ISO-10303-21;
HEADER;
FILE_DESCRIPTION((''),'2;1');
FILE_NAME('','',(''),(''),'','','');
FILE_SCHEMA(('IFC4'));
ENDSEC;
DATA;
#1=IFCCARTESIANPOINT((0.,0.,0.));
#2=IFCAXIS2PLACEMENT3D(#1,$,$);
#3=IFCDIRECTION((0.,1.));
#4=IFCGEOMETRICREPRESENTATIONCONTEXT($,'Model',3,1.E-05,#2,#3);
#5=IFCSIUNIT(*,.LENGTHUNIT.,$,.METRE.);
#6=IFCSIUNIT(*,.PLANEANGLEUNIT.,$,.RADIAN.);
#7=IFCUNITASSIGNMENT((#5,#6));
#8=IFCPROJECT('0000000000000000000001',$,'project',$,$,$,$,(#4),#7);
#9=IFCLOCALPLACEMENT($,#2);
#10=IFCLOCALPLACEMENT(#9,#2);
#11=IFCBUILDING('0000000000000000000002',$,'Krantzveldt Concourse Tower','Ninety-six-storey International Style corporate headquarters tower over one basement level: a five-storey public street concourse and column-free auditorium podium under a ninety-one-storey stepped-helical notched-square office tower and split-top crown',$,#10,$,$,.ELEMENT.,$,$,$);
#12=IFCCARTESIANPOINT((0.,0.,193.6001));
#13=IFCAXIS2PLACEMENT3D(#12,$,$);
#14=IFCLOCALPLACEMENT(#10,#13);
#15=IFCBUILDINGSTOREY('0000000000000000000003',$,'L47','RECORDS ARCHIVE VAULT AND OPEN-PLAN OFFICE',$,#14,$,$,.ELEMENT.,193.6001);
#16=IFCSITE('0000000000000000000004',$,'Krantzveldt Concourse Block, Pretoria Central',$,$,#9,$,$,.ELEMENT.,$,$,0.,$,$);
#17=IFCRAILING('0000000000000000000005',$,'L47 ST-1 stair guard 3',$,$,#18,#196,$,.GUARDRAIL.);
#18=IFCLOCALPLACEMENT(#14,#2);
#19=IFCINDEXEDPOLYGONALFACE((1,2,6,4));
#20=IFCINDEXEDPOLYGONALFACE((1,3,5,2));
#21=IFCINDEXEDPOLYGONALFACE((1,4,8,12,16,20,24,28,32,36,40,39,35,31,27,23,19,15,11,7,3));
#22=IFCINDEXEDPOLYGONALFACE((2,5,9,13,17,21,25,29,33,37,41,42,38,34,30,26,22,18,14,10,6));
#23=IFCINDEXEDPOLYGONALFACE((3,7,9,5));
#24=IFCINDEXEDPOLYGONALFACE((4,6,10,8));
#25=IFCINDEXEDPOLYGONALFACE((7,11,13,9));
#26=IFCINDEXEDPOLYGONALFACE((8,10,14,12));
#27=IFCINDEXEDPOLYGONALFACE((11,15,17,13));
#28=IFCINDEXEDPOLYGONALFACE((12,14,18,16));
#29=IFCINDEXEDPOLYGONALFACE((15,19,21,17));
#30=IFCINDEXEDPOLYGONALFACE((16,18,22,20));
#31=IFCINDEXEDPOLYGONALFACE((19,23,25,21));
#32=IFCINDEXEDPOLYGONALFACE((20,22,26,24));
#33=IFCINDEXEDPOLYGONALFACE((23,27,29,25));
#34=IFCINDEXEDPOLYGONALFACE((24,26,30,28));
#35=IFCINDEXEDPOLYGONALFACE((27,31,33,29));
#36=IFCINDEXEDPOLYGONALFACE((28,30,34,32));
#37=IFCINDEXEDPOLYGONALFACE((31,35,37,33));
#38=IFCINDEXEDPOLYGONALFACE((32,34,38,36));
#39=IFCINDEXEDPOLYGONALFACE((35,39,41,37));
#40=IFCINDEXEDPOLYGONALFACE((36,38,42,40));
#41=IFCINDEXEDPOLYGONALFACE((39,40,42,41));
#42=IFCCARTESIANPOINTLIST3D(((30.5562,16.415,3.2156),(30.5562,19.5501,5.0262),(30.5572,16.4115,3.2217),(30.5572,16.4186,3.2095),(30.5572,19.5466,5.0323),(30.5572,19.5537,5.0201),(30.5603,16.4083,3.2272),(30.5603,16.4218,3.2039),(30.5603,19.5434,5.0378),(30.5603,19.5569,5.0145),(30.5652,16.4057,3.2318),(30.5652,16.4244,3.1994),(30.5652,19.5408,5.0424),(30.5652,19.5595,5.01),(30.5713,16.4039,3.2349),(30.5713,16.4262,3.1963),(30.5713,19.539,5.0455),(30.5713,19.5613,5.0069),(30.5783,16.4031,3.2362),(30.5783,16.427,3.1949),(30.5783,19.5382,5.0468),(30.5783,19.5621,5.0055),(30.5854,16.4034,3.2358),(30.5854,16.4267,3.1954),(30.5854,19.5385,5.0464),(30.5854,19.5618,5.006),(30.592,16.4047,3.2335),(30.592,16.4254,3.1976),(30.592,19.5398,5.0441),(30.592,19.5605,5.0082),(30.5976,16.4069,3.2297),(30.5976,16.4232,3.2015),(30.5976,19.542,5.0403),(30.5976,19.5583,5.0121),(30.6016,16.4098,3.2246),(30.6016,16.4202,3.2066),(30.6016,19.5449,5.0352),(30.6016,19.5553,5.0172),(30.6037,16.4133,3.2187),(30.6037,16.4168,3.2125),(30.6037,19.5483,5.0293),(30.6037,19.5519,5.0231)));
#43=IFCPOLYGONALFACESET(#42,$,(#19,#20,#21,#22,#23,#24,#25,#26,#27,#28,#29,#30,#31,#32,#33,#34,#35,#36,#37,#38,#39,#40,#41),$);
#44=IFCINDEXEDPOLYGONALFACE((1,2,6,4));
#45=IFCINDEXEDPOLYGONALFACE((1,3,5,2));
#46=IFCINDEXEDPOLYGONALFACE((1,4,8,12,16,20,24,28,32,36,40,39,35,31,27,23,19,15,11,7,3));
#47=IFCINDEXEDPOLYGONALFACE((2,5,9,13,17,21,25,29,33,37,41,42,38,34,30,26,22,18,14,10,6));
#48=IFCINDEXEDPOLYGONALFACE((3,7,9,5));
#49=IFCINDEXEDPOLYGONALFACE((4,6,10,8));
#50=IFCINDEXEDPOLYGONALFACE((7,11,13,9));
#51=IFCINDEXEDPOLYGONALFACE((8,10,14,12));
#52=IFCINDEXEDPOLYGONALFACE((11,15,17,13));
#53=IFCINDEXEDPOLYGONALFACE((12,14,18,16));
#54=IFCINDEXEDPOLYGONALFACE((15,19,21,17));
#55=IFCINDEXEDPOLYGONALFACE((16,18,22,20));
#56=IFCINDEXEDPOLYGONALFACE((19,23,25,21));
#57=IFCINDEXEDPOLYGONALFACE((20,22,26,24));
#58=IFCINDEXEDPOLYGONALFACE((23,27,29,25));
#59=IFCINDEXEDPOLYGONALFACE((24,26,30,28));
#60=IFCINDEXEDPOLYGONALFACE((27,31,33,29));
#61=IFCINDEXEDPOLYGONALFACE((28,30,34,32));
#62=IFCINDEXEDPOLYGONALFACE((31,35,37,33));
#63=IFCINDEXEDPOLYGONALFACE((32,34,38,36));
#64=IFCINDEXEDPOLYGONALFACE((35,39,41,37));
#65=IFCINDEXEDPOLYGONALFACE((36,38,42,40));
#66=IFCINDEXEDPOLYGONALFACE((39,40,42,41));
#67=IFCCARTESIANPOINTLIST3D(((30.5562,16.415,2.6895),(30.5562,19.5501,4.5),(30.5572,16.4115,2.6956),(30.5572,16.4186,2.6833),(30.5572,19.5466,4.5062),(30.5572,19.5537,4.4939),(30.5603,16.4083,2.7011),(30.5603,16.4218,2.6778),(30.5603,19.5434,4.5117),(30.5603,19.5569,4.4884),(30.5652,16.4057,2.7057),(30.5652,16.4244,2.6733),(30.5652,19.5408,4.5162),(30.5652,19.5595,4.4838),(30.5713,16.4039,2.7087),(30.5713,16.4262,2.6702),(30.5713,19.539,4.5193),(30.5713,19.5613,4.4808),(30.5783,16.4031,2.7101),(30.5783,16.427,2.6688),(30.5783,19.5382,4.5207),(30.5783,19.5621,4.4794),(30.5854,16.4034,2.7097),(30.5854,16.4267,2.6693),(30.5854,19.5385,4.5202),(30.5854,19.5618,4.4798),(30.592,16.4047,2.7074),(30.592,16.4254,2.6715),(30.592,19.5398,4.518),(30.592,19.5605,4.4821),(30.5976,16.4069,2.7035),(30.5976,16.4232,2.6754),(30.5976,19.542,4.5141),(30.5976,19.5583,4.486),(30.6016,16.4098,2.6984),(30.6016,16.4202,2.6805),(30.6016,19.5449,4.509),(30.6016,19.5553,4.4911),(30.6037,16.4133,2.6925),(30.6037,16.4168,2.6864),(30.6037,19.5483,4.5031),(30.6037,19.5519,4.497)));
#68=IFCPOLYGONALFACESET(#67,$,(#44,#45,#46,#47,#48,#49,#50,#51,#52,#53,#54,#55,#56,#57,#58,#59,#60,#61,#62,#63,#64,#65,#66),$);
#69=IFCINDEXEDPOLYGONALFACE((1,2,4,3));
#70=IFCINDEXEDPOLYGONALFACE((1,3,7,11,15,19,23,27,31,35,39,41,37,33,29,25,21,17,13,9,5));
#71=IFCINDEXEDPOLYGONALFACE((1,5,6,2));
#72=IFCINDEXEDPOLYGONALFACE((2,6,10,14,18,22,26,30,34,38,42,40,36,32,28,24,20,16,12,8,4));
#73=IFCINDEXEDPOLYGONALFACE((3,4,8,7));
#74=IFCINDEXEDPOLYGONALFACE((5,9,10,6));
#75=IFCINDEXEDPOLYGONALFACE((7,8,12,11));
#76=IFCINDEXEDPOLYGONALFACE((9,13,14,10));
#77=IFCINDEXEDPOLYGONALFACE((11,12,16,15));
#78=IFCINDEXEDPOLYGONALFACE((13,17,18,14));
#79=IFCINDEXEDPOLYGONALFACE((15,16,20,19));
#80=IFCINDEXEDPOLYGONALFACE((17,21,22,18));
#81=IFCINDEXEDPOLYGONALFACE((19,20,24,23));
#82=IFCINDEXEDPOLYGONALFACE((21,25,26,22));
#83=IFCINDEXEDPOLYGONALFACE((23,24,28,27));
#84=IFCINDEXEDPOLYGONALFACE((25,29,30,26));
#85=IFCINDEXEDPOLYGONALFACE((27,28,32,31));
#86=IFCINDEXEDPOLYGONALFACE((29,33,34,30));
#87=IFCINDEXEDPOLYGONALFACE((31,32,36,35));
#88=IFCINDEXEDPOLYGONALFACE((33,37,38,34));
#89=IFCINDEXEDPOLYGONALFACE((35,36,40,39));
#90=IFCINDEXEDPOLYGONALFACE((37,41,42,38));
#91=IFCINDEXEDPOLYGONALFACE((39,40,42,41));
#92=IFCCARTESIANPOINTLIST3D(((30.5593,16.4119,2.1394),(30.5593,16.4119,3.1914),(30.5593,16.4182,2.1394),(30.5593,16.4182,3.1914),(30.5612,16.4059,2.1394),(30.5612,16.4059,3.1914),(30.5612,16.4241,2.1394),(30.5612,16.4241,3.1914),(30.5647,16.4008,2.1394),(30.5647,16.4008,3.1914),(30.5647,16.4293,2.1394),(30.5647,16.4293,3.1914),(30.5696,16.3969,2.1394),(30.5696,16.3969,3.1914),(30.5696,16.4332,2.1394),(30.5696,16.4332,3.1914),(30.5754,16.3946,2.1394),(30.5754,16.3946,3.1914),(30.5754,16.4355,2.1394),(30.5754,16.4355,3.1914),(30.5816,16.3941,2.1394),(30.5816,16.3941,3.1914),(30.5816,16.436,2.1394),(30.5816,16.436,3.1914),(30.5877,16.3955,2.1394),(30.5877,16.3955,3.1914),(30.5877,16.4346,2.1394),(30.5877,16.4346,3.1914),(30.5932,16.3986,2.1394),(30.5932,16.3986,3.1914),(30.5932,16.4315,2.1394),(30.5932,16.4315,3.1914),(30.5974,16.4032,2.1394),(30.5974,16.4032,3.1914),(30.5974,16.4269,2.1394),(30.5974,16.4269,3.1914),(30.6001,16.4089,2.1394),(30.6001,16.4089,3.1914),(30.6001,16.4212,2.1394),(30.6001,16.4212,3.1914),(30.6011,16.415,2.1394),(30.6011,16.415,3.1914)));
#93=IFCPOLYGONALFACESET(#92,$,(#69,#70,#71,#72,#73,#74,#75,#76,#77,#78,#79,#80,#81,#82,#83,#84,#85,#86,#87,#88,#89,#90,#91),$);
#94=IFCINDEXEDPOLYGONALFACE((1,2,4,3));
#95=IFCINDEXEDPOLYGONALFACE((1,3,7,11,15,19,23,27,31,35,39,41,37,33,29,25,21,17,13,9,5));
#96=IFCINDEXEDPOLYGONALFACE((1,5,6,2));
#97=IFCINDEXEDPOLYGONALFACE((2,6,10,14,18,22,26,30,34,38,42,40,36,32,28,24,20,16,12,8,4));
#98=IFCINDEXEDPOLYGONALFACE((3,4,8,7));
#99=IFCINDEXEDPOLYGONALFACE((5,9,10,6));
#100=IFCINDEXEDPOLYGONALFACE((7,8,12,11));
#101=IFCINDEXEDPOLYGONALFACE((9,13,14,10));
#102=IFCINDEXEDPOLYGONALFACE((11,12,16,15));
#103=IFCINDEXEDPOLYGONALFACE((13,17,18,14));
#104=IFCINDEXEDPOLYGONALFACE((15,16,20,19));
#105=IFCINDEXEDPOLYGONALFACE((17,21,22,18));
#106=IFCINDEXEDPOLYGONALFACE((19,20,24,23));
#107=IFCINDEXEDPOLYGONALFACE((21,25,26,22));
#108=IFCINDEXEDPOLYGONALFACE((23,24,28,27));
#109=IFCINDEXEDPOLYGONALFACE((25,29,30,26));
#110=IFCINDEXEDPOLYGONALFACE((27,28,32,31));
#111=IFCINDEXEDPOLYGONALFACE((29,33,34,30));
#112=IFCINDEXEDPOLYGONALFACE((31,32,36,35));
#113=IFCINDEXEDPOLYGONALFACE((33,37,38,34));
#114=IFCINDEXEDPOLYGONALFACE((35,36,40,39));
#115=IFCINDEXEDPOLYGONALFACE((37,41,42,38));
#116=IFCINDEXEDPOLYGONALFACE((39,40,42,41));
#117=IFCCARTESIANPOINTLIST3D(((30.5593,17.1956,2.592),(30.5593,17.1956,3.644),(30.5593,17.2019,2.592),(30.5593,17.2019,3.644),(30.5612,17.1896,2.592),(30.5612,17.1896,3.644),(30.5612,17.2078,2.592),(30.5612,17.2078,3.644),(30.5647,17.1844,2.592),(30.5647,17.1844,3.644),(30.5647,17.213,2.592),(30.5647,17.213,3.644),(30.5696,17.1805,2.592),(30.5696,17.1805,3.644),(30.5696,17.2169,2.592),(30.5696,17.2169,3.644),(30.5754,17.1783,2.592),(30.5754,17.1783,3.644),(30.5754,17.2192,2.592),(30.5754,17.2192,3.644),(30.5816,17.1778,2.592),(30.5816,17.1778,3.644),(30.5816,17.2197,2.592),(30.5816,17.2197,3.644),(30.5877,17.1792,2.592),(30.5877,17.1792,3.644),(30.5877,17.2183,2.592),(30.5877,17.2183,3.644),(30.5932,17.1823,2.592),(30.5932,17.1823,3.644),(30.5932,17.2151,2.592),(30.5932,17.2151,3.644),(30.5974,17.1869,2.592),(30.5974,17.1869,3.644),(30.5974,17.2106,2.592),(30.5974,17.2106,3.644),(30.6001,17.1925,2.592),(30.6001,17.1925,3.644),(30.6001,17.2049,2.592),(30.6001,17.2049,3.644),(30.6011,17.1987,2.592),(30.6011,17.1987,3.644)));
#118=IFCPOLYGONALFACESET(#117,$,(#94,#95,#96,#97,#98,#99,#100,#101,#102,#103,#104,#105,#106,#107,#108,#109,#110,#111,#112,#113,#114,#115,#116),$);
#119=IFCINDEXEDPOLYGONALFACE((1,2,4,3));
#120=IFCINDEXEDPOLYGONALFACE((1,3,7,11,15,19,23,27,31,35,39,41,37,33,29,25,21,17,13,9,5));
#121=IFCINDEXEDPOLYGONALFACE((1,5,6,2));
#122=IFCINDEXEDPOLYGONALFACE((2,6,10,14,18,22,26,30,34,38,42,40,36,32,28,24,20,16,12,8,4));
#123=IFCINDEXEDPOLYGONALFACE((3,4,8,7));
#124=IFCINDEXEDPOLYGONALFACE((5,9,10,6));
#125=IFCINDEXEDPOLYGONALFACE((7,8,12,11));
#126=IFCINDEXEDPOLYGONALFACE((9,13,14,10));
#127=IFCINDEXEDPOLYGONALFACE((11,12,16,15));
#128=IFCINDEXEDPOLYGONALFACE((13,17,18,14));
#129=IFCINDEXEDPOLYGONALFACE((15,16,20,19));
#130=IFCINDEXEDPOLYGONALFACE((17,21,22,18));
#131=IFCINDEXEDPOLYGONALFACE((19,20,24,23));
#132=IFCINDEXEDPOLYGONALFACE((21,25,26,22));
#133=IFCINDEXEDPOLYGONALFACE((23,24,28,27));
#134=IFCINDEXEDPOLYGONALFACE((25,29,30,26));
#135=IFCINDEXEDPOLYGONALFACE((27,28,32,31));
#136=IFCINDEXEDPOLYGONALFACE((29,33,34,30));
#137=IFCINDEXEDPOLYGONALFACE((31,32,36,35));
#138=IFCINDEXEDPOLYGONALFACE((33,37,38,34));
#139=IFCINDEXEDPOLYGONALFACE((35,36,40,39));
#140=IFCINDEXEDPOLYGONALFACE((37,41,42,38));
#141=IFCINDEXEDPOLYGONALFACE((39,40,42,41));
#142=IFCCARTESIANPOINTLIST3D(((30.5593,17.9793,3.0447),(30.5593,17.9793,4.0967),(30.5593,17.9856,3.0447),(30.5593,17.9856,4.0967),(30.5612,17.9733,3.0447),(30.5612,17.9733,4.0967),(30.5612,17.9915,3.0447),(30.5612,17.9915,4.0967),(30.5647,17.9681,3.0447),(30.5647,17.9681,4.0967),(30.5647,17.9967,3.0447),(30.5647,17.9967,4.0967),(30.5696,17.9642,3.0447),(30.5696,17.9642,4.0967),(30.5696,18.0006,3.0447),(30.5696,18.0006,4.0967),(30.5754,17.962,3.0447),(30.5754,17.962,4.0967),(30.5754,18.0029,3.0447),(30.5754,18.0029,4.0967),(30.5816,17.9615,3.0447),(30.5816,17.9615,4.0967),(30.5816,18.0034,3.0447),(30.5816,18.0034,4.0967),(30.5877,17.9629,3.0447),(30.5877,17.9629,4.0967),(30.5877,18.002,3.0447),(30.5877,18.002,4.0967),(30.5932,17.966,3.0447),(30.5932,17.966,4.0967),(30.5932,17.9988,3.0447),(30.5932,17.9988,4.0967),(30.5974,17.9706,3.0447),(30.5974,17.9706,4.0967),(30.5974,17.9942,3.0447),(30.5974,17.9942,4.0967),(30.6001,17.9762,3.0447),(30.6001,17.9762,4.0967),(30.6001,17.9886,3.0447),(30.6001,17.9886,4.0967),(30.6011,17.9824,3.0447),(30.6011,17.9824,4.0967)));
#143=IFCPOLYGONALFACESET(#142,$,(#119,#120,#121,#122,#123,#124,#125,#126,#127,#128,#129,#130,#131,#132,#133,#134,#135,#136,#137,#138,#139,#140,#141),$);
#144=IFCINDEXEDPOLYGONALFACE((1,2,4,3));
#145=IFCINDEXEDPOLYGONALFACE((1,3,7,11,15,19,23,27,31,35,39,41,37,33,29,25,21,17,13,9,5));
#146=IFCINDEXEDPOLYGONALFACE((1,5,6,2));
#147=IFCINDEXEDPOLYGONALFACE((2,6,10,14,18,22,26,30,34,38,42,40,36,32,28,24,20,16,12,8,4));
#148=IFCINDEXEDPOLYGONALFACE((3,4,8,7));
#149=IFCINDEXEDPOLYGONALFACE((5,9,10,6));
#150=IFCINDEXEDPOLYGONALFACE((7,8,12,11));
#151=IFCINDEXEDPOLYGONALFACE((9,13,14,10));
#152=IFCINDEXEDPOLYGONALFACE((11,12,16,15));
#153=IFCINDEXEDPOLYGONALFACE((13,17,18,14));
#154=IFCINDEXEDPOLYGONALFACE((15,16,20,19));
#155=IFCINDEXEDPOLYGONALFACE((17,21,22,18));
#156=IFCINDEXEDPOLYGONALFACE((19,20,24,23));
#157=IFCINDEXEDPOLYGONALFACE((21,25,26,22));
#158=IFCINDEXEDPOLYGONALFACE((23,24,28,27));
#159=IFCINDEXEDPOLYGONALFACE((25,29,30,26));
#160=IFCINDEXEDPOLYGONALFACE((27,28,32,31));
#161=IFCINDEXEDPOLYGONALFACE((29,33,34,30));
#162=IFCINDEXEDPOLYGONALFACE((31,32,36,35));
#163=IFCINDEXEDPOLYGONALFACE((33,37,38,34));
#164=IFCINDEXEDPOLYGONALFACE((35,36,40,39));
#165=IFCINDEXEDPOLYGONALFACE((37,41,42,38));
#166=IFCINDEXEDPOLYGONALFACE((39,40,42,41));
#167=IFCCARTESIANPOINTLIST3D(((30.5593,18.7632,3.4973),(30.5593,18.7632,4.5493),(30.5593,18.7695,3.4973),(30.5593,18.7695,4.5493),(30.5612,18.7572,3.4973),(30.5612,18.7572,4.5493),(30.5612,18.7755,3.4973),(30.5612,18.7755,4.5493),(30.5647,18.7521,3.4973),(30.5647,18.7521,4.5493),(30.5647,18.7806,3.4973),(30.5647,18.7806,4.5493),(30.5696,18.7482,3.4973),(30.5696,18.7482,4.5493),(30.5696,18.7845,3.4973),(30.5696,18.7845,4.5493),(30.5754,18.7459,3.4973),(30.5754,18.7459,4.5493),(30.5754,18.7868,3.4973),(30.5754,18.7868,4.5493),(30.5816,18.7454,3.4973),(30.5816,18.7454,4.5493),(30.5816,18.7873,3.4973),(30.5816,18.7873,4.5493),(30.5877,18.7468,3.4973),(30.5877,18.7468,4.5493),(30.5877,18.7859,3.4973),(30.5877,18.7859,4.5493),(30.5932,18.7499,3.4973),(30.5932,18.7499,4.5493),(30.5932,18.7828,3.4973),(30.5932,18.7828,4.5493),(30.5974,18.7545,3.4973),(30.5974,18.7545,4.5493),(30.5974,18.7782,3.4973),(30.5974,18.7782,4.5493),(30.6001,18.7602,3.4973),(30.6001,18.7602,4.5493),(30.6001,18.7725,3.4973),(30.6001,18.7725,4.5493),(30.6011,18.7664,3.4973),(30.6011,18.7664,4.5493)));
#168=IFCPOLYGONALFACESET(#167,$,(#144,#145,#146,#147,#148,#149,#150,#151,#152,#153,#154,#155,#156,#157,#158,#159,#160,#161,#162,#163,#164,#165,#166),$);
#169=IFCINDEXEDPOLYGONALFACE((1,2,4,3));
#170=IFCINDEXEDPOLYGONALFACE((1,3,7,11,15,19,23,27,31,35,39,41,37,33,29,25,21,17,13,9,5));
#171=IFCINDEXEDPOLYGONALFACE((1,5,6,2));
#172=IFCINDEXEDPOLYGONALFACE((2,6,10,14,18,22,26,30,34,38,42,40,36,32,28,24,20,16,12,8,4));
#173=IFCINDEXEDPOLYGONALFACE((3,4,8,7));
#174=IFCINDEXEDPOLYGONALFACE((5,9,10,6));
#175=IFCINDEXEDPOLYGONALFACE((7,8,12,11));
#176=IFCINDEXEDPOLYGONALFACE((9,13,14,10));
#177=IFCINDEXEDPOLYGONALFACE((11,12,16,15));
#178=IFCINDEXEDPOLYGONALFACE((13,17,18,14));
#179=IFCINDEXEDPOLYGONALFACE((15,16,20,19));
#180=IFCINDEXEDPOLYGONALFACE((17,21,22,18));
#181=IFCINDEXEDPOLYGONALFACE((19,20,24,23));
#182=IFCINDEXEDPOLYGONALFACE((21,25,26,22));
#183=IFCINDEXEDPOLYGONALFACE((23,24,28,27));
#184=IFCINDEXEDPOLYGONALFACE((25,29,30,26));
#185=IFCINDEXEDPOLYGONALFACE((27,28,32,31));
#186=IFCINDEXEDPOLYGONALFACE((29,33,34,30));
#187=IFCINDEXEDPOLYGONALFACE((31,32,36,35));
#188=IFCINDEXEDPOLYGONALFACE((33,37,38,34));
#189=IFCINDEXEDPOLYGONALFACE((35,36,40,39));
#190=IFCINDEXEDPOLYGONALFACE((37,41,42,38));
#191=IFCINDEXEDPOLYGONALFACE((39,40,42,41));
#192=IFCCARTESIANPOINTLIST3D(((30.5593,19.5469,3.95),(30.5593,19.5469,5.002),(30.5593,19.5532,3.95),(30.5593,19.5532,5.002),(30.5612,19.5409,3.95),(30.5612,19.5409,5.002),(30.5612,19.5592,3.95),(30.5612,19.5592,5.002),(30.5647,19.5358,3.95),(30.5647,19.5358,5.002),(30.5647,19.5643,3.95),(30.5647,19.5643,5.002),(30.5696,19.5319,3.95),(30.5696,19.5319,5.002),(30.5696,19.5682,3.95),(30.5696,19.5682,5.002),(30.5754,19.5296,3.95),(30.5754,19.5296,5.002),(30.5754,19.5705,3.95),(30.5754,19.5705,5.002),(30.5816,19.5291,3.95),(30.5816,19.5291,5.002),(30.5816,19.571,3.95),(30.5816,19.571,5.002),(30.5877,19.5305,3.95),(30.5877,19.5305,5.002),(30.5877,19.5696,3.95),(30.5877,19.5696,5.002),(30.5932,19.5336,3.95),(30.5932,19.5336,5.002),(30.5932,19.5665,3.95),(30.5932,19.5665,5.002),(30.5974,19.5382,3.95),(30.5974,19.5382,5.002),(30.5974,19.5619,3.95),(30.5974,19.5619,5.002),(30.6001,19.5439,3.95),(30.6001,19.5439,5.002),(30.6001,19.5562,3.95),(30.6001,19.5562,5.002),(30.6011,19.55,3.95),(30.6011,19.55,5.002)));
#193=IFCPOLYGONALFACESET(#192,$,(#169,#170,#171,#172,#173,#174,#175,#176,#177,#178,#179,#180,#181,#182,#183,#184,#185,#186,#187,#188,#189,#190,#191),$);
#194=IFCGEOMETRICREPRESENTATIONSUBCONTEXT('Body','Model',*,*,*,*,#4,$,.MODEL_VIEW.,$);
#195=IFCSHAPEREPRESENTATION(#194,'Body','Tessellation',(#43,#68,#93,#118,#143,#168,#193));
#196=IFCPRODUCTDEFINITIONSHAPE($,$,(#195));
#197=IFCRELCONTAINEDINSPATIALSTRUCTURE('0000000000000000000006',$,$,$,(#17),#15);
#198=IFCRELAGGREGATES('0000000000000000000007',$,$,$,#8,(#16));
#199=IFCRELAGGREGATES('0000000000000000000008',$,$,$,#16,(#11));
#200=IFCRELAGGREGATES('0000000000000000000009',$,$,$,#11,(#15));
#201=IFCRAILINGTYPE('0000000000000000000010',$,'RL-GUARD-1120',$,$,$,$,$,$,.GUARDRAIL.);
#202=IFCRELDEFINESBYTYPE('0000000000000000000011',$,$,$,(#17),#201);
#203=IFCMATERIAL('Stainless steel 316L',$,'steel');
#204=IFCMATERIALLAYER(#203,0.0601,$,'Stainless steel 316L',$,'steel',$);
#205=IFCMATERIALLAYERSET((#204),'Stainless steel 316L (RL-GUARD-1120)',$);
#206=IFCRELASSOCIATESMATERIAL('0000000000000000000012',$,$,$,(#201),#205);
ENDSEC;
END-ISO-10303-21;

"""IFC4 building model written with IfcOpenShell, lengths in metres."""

from ifc_helpers import new_model, si_unit, direction, frame, origin, origin_2d, place, context, subcontext, project, spatial, circle, extrude, material, layer, layer_set, type_object, element, save


model = new_model("IFC4")

# Units and contexts
model_context = context("Model", 3, precision=1e-05, world=origin(), true_north=direction((0.0, 1.0)))
body_context = subcontext(model_context, "Body", "Model", "MODEL_VIEW")
ifc_project = project(units=[si_unit("LENGTHUNIT", "METRE"), si_unit("PLANEANGLEUNIT", "RADIAN")], contexts=[model_context])

# Site, building, storey
site_placement = place(None, origin())
site = spatial("IfcSite", under=ifc_project, at=site_placement, Name="Krantzveldt Concourse Block, Pretoria Central", CompositionType="ELEMENT", RefElevation=0.0)
building_placement = place(site_placement, origin())
building = spatial("IfcBuilding", under=site, at=building_placement, Name="Krantzveldt Concourse Tower", Description="Ninety-six-storey International Style corporate headquarters tower over one basement level: a five-storey public street concourse and column-free auditorium podium under a ninety-one-storey stepped-helical notched-square office tower and split-top crown", CompositionType="ELEMENT")
storey_placement = place(building_placement, frame((0.0, 0.0, 193.6001)))
storey = spatial("IfcBuildingStorey", under=building, at=storey_placement, Name="L47", Description="RECORDS ARCHIVE VAULT AND OPEN-PLAN OFFICE", CompositionType="ELEMENT", Elevation=193.6001)

# Shared definitions
ifc_material_1 = material(Name="Stainless steel 316L", Category="steel")

# Railing
ifc_layer_1 = layer(ifc_material_1, 0.0601, Name="Stainless steel 316L", Category="steel")
ifc_layer_set_1 = layer_set([ifc_layer_1], Name="Stainless steel 316L (RL-GUARD-1120)")
railing_type_1 = type_object("IfcRailingType", Name="RL-GUARD-1120", PredefinedType="GUARDRAIL", material=ifc_layer_set_1)
railing_1_placement = place(storey_placement, frame((30.5801, 16.415, 2.1394)))
element("IfcRailing", 1, at=railing_1_placement, inside=storey, type_object=railing_type_1, Name="L47 ST-1 stair guard 3", PredefinedType="GUARDRAIL", context=body_context, shape_type="SweptSolid", body=[
    extrude(circle(Radius=0.0239, at=origin_2d()), frame((0.0, 0.0, 1.0762), z_axis=(0.0, 0.86596, 0.500114), x_axis=(-1.0, 0.0, 0.0)), (0.0, 0.0, 1.0), 3.6204),
    extrude(circle(Radius=0.0239, at=origin_2d()), frame((0.0, 0.0, 0.55), z_axis=(0.0, 0.86596, 0.500114), x_axis=(-1.0, 0.0, 0.0)), (0.0, 0.0, 1.0), 3.6204),
    extrude(circle(Radius=0.021, at=origin_2d()), origin(), (0.0, 0.0, 1.0), 1.052),
    extrude(circle(Radius=0.021, at=origin_2d()), frame((0.0, 0.7837, 0.4526)), (0.0, 0.0, 1.0), 1.052),
    extrude(circle(Radius=0.021, at=origin_2d()), frame((0.0, 1.5674, 0.9053)), (0.0, 0.0, 1.0), 1.052),
    extrude(circle(Radius=0.021, at=origin_2d()), frame((0.0, 2.3513, 1.3579)), (0.0, 0.0, 1.0), 1.052),
    extrude(circle(Radius=0.021, at=origin_2d()), frame((0.0, 3.135, 1.8105)), (0.0, 0.0, 1.0), 1.052),
])

save(model, "model.ifc")
